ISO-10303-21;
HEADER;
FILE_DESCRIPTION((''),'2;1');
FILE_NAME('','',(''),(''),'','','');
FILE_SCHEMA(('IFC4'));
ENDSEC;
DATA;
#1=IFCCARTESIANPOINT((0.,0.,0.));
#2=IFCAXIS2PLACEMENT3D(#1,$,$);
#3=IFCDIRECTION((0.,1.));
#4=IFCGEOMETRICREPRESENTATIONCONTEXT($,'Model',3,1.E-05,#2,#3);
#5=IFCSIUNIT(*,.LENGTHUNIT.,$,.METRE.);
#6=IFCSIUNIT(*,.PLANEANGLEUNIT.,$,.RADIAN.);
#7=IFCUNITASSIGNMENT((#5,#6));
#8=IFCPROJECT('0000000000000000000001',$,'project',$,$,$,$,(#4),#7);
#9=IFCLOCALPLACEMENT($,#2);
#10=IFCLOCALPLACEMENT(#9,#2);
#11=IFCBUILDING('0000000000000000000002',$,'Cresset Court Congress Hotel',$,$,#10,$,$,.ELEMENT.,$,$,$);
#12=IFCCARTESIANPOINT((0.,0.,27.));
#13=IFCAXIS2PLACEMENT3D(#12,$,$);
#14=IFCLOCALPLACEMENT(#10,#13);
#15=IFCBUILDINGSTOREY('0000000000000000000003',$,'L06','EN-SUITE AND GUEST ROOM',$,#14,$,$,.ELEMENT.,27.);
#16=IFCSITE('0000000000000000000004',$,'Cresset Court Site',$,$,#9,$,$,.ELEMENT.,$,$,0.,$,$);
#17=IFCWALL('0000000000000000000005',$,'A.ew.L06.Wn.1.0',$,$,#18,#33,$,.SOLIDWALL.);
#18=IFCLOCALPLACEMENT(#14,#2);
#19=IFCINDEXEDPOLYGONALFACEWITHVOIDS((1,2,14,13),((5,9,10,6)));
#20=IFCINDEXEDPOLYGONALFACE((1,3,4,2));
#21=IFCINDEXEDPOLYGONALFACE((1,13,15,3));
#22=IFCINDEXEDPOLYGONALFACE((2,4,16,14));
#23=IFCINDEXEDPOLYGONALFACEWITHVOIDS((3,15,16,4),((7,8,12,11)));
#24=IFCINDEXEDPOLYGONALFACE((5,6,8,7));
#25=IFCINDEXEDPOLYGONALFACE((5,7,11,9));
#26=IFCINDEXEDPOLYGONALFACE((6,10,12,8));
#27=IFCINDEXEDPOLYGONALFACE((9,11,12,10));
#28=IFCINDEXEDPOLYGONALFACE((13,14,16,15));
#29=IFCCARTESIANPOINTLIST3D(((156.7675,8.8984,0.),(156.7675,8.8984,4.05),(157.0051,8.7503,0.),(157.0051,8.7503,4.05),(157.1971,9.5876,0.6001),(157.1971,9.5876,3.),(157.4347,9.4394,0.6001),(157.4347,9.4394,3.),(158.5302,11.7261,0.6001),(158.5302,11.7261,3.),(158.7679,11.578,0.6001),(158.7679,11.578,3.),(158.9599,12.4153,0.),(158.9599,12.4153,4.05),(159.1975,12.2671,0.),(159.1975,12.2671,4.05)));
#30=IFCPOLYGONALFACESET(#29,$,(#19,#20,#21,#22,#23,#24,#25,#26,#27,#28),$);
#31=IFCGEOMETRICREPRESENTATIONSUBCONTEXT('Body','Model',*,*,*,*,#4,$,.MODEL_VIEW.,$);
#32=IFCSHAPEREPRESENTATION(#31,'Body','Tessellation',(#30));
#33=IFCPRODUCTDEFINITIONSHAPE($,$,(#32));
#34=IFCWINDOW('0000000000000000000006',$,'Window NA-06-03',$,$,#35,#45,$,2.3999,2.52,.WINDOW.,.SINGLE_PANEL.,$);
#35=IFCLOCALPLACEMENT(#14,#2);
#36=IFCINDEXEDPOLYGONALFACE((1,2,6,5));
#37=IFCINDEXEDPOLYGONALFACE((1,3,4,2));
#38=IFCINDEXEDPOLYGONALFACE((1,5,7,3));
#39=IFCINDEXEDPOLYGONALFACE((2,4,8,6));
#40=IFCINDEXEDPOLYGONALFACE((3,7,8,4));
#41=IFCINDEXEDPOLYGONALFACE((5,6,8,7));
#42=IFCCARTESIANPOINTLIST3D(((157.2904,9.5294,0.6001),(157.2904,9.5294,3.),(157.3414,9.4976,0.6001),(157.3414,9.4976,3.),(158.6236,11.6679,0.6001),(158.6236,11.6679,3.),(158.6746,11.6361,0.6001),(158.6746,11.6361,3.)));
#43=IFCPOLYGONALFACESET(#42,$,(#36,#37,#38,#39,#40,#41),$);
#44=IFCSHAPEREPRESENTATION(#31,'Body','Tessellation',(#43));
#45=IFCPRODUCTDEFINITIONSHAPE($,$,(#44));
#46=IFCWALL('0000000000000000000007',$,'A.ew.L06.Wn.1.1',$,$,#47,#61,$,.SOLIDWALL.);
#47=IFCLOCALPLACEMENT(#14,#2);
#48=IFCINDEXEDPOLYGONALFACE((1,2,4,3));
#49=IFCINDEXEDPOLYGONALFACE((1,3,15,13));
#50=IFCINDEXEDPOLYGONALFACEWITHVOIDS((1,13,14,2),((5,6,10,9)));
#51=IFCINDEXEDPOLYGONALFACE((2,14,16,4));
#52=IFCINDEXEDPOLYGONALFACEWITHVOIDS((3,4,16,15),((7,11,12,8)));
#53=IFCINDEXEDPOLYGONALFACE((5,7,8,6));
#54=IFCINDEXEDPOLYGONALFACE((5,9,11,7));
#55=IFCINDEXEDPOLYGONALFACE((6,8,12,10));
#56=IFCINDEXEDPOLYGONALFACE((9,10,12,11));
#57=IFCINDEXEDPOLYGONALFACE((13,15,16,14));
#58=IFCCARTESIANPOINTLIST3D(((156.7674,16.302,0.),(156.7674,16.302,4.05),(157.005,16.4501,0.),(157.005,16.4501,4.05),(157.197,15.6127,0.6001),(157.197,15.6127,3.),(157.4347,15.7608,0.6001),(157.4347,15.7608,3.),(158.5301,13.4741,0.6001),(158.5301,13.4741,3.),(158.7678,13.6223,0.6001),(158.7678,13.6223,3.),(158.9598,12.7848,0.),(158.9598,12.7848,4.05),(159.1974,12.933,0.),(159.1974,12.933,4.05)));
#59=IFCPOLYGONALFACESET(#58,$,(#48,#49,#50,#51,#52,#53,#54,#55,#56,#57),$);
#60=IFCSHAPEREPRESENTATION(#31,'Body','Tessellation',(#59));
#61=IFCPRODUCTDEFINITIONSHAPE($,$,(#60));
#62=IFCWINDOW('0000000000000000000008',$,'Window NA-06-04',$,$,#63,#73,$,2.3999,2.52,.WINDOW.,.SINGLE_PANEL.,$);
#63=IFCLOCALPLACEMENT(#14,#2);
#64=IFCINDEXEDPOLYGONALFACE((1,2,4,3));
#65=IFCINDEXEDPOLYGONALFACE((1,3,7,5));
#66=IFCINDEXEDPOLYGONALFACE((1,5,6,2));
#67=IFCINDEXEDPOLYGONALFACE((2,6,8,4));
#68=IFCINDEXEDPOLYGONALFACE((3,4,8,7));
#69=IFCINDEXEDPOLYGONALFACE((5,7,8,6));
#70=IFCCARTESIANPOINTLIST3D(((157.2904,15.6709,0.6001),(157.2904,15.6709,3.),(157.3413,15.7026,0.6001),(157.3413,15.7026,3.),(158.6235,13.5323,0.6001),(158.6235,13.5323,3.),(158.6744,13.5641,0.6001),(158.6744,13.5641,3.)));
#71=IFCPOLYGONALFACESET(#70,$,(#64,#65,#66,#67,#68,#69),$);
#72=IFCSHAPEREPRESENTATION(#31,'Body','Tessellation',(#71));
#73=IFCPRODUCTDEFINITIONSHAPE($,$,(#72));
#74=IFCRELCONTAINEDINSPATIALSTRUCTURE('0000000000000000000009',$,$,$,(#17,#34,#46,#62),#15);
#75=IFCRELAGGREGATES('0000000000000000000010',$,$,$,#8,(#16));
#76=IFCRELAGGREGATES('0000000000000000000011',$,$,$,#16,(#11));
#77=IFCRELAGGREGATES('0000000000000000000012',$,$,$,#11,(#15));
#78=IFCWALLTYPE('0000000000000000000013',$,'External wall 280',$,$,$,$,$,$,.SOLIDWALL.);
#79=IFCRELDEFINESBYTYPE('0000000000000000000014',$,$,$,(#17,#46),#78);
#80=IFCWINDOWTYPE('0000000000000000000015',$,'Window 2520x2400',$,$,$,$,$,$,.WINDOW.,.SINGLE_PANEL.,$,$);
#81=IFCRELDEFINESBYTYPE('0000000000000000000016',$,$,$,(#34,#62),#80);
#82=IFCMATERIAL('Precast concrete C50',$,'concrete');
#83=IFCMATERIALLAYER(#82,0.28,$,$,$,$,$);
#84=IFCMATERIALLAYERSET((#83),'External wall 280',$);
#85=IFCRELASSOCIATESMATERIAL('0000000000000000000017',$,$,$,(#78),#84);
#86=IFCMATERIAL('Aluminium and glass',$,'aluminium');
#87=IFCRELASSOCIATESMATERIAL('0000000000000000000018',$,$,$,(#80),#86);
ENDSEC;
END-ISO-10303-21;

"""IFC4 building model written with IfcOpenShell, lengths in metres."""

from ifc_helpers import new_model, si_unit, direction, frame, frame_2d, origin, place, context, subcontext, project, spatial, rectangle, extrude, material, layer, layer_set, type_object, element, fill, save


model = new_model("IFC4")

# Units and contexts
model_context = context("Model", 3, precision=1e-05, world=origin(), true_north=direction((0.0, 1.0)))
body_context = subcontext(model_context, "Body", "Model", "MODEL_VIEW")
ifc_project = project(units=[si_unit("LENGTHUNIT", "METRE"), si_unit("PLANEANGLEUNIT", "RADIAN")], contexts=[model_context])

# Site, building, storey
site_placement = place(None, origin())
site = spatial("IfcSite", under=ifc_project, at=site_placement, Name="Cresset Court Site", CompositionType="ELEMENT", RefElevation=0.0)
building_placement = place(site_placement, origin())
building = spatial("IfcBuilding", under=site, at=building_placement, Name="Cresset Court Congress Hotel", CompositionType="ELEMENT")
storey_placement = place(building_placement, frame((0.0, 0.0, 27.0)))
storey = spatial("IfcBuildingStorey", under=building, at=storey_placement, Name="L06", Description="EN-SUITE AND GUEST ROOM", CompositionType="ELEMENT", Elevation=27.0)

# Walls, openings, windows
ifc_material_1 = material(Name="Precast concrete C50", Category="concrete")
ifc_layer_1 = layer(ifc_material_1, 0.28)
ifc_layer_set_1 = layer_set([ifc_layer_1], Name="External wall 280")
wall_type_1 = type_object("IfcWallType", Name="External wall 280", PredefinedType="SOLIDWALL", material=ifc_layer_set_1)
wall_1_placement = place(storey_placement, frame((156.8862, 8.8242, 0.0), z_axis=(0.0, 0.0, 1.0), x_axis=(0.529019, 0.84861, 0.0)))
wall_1 = element("IfcWall", 1, at=wall_1_placement, inside=storey, type_object=wall_type_1, Name="A.ew.L06.Wn.1.0", PredefinedType="SOLIDWALL", context=body_context, shape_type="SweptSolid", body=[
    extrude(rectangle(XDim=4.1443, YDim=0.28, at=frame_2d((2.0723, 0.0))), origin(), (0.0, 0.0, 1.0), 4.05),
])
opening_1_placement = place(wall_1_placement, frame((0.8123, 0.0, 0.6001)))
opening_1 = element("IfcOpeningElement", 2, at=opening_1_placement, cuts=wall_1, PredefinedType="OPENING", context=body_context, shape_type="SweptSolid", body=[
    extrude(rectangle(XDim=2.52, YDim=2.3999, at=frame_2d((1.26, 1.2))), frame((0.0, 0.1499, 0.0), z_axis=(0.0, -1.0, 0.0), x_axis=(1.0, 0.0, 0.0)), (0.0, 0.0, 1.0), 0.3),
])
ifc_material_2 = material(Name="Aluminium and glass", Category="aluminium")
window_type = type_object("IfcWindowType", Name="Window 2520x2400", PartitioningType="SINGLE_PANEL", PredefinedType="WINDOW", material=ifc_material_2)
window_1_placement = place(opening_1_placement, origin())
window_1 = element("IfcWindow", 3, at=window_1_placement, inside=storey, type_object=window_type, Name="Window NA-06-03", OverallHeight=2.3999, OverallWidth=2.52, PartitioningType="SINGLE_PANEL", PredefinedType="WINDOW", context=body_context, shape_type="SweptSolid", body=[
    extrude(rectangle(XDim=2.52, YDim=2.3999, at=frame_2d((1.26, 1.2))), frame((0.0, 0.03, 0.0), z_axis=(0.0, -1.0, 0.0), x_axis=(1.0, 0.0, 0.0)), (0.0, 0.0, 1.0), 0.0601),
])
fill(opening_1, window_1)
wall_2_placement = place(storey_placement, frame((159.0786, 12.8589, 0.0), z_axis=(0.0, 0.0, 1.0), x_axis=(-0.528993, 0.848626, 0.0)))
wall_2 = element("IfcWall", 4, at=wall_2_placement, inside=storey, type_object=wall_type_1, Name="A.ew.L06.Wn.1.1", PredefinedType="SOLIDWALL", context=body_context, shape_type="SweptSolid", body=[
    extrude(rectangle(XDim=4.1445, YDim=0.28, at=frame_2d((2.0723, 0.0))), origin(), (0.0, 0.0, 1.0), 4.05),
])
opening_2_placement = place(wall_2_placement, frame((0.8123, 0.0, 0.6001)))
opening_2 = element("IfcOpeningElement", 5, at=opening_2_placement, cuts=wall_2, PredefinedType="OPENING", context=body_context, shape_type="SweptSolid", body=[
    extrude(rectangle(XDim=2.52, YDim=2.3999, at=frame_2d((1.26, 1.2))), frame((0.0, 0.1499, 0.0), z_axis=(0.0, -1.0, 0.0), x_axis=(1.0, 0.0, 0.0)), (0.0, 0.0, 1.0), 0.3),
])
window_2_placement = place(opening_2_placement, origin())
window_2 = element("IfcWindow", 6, at=window_2_placement, inside=storey, type_object=window_type, Name="Window NA-06-04", OverallHeight=2.3999, OverallWidth=2.52, PartitioningType="SINGLE_PANEL", PredefinedType="WINDOW", context=body_context, shape_type="SweptSolid", body=[
    extrude(rectangle(XDim=2.52, YDim=2.3999, at=frame_2d((1.26, 1.2))), frame((0.0, 0.03, 0.0), z_axis=(0.0, -1.0, 0.0), x_axis=(1.0, 0.0, 0.0)), (0.0, 0.0, 1.0), 0.0601),
])
fill(opening_2, window_2)

save(model, "model.ifc")
